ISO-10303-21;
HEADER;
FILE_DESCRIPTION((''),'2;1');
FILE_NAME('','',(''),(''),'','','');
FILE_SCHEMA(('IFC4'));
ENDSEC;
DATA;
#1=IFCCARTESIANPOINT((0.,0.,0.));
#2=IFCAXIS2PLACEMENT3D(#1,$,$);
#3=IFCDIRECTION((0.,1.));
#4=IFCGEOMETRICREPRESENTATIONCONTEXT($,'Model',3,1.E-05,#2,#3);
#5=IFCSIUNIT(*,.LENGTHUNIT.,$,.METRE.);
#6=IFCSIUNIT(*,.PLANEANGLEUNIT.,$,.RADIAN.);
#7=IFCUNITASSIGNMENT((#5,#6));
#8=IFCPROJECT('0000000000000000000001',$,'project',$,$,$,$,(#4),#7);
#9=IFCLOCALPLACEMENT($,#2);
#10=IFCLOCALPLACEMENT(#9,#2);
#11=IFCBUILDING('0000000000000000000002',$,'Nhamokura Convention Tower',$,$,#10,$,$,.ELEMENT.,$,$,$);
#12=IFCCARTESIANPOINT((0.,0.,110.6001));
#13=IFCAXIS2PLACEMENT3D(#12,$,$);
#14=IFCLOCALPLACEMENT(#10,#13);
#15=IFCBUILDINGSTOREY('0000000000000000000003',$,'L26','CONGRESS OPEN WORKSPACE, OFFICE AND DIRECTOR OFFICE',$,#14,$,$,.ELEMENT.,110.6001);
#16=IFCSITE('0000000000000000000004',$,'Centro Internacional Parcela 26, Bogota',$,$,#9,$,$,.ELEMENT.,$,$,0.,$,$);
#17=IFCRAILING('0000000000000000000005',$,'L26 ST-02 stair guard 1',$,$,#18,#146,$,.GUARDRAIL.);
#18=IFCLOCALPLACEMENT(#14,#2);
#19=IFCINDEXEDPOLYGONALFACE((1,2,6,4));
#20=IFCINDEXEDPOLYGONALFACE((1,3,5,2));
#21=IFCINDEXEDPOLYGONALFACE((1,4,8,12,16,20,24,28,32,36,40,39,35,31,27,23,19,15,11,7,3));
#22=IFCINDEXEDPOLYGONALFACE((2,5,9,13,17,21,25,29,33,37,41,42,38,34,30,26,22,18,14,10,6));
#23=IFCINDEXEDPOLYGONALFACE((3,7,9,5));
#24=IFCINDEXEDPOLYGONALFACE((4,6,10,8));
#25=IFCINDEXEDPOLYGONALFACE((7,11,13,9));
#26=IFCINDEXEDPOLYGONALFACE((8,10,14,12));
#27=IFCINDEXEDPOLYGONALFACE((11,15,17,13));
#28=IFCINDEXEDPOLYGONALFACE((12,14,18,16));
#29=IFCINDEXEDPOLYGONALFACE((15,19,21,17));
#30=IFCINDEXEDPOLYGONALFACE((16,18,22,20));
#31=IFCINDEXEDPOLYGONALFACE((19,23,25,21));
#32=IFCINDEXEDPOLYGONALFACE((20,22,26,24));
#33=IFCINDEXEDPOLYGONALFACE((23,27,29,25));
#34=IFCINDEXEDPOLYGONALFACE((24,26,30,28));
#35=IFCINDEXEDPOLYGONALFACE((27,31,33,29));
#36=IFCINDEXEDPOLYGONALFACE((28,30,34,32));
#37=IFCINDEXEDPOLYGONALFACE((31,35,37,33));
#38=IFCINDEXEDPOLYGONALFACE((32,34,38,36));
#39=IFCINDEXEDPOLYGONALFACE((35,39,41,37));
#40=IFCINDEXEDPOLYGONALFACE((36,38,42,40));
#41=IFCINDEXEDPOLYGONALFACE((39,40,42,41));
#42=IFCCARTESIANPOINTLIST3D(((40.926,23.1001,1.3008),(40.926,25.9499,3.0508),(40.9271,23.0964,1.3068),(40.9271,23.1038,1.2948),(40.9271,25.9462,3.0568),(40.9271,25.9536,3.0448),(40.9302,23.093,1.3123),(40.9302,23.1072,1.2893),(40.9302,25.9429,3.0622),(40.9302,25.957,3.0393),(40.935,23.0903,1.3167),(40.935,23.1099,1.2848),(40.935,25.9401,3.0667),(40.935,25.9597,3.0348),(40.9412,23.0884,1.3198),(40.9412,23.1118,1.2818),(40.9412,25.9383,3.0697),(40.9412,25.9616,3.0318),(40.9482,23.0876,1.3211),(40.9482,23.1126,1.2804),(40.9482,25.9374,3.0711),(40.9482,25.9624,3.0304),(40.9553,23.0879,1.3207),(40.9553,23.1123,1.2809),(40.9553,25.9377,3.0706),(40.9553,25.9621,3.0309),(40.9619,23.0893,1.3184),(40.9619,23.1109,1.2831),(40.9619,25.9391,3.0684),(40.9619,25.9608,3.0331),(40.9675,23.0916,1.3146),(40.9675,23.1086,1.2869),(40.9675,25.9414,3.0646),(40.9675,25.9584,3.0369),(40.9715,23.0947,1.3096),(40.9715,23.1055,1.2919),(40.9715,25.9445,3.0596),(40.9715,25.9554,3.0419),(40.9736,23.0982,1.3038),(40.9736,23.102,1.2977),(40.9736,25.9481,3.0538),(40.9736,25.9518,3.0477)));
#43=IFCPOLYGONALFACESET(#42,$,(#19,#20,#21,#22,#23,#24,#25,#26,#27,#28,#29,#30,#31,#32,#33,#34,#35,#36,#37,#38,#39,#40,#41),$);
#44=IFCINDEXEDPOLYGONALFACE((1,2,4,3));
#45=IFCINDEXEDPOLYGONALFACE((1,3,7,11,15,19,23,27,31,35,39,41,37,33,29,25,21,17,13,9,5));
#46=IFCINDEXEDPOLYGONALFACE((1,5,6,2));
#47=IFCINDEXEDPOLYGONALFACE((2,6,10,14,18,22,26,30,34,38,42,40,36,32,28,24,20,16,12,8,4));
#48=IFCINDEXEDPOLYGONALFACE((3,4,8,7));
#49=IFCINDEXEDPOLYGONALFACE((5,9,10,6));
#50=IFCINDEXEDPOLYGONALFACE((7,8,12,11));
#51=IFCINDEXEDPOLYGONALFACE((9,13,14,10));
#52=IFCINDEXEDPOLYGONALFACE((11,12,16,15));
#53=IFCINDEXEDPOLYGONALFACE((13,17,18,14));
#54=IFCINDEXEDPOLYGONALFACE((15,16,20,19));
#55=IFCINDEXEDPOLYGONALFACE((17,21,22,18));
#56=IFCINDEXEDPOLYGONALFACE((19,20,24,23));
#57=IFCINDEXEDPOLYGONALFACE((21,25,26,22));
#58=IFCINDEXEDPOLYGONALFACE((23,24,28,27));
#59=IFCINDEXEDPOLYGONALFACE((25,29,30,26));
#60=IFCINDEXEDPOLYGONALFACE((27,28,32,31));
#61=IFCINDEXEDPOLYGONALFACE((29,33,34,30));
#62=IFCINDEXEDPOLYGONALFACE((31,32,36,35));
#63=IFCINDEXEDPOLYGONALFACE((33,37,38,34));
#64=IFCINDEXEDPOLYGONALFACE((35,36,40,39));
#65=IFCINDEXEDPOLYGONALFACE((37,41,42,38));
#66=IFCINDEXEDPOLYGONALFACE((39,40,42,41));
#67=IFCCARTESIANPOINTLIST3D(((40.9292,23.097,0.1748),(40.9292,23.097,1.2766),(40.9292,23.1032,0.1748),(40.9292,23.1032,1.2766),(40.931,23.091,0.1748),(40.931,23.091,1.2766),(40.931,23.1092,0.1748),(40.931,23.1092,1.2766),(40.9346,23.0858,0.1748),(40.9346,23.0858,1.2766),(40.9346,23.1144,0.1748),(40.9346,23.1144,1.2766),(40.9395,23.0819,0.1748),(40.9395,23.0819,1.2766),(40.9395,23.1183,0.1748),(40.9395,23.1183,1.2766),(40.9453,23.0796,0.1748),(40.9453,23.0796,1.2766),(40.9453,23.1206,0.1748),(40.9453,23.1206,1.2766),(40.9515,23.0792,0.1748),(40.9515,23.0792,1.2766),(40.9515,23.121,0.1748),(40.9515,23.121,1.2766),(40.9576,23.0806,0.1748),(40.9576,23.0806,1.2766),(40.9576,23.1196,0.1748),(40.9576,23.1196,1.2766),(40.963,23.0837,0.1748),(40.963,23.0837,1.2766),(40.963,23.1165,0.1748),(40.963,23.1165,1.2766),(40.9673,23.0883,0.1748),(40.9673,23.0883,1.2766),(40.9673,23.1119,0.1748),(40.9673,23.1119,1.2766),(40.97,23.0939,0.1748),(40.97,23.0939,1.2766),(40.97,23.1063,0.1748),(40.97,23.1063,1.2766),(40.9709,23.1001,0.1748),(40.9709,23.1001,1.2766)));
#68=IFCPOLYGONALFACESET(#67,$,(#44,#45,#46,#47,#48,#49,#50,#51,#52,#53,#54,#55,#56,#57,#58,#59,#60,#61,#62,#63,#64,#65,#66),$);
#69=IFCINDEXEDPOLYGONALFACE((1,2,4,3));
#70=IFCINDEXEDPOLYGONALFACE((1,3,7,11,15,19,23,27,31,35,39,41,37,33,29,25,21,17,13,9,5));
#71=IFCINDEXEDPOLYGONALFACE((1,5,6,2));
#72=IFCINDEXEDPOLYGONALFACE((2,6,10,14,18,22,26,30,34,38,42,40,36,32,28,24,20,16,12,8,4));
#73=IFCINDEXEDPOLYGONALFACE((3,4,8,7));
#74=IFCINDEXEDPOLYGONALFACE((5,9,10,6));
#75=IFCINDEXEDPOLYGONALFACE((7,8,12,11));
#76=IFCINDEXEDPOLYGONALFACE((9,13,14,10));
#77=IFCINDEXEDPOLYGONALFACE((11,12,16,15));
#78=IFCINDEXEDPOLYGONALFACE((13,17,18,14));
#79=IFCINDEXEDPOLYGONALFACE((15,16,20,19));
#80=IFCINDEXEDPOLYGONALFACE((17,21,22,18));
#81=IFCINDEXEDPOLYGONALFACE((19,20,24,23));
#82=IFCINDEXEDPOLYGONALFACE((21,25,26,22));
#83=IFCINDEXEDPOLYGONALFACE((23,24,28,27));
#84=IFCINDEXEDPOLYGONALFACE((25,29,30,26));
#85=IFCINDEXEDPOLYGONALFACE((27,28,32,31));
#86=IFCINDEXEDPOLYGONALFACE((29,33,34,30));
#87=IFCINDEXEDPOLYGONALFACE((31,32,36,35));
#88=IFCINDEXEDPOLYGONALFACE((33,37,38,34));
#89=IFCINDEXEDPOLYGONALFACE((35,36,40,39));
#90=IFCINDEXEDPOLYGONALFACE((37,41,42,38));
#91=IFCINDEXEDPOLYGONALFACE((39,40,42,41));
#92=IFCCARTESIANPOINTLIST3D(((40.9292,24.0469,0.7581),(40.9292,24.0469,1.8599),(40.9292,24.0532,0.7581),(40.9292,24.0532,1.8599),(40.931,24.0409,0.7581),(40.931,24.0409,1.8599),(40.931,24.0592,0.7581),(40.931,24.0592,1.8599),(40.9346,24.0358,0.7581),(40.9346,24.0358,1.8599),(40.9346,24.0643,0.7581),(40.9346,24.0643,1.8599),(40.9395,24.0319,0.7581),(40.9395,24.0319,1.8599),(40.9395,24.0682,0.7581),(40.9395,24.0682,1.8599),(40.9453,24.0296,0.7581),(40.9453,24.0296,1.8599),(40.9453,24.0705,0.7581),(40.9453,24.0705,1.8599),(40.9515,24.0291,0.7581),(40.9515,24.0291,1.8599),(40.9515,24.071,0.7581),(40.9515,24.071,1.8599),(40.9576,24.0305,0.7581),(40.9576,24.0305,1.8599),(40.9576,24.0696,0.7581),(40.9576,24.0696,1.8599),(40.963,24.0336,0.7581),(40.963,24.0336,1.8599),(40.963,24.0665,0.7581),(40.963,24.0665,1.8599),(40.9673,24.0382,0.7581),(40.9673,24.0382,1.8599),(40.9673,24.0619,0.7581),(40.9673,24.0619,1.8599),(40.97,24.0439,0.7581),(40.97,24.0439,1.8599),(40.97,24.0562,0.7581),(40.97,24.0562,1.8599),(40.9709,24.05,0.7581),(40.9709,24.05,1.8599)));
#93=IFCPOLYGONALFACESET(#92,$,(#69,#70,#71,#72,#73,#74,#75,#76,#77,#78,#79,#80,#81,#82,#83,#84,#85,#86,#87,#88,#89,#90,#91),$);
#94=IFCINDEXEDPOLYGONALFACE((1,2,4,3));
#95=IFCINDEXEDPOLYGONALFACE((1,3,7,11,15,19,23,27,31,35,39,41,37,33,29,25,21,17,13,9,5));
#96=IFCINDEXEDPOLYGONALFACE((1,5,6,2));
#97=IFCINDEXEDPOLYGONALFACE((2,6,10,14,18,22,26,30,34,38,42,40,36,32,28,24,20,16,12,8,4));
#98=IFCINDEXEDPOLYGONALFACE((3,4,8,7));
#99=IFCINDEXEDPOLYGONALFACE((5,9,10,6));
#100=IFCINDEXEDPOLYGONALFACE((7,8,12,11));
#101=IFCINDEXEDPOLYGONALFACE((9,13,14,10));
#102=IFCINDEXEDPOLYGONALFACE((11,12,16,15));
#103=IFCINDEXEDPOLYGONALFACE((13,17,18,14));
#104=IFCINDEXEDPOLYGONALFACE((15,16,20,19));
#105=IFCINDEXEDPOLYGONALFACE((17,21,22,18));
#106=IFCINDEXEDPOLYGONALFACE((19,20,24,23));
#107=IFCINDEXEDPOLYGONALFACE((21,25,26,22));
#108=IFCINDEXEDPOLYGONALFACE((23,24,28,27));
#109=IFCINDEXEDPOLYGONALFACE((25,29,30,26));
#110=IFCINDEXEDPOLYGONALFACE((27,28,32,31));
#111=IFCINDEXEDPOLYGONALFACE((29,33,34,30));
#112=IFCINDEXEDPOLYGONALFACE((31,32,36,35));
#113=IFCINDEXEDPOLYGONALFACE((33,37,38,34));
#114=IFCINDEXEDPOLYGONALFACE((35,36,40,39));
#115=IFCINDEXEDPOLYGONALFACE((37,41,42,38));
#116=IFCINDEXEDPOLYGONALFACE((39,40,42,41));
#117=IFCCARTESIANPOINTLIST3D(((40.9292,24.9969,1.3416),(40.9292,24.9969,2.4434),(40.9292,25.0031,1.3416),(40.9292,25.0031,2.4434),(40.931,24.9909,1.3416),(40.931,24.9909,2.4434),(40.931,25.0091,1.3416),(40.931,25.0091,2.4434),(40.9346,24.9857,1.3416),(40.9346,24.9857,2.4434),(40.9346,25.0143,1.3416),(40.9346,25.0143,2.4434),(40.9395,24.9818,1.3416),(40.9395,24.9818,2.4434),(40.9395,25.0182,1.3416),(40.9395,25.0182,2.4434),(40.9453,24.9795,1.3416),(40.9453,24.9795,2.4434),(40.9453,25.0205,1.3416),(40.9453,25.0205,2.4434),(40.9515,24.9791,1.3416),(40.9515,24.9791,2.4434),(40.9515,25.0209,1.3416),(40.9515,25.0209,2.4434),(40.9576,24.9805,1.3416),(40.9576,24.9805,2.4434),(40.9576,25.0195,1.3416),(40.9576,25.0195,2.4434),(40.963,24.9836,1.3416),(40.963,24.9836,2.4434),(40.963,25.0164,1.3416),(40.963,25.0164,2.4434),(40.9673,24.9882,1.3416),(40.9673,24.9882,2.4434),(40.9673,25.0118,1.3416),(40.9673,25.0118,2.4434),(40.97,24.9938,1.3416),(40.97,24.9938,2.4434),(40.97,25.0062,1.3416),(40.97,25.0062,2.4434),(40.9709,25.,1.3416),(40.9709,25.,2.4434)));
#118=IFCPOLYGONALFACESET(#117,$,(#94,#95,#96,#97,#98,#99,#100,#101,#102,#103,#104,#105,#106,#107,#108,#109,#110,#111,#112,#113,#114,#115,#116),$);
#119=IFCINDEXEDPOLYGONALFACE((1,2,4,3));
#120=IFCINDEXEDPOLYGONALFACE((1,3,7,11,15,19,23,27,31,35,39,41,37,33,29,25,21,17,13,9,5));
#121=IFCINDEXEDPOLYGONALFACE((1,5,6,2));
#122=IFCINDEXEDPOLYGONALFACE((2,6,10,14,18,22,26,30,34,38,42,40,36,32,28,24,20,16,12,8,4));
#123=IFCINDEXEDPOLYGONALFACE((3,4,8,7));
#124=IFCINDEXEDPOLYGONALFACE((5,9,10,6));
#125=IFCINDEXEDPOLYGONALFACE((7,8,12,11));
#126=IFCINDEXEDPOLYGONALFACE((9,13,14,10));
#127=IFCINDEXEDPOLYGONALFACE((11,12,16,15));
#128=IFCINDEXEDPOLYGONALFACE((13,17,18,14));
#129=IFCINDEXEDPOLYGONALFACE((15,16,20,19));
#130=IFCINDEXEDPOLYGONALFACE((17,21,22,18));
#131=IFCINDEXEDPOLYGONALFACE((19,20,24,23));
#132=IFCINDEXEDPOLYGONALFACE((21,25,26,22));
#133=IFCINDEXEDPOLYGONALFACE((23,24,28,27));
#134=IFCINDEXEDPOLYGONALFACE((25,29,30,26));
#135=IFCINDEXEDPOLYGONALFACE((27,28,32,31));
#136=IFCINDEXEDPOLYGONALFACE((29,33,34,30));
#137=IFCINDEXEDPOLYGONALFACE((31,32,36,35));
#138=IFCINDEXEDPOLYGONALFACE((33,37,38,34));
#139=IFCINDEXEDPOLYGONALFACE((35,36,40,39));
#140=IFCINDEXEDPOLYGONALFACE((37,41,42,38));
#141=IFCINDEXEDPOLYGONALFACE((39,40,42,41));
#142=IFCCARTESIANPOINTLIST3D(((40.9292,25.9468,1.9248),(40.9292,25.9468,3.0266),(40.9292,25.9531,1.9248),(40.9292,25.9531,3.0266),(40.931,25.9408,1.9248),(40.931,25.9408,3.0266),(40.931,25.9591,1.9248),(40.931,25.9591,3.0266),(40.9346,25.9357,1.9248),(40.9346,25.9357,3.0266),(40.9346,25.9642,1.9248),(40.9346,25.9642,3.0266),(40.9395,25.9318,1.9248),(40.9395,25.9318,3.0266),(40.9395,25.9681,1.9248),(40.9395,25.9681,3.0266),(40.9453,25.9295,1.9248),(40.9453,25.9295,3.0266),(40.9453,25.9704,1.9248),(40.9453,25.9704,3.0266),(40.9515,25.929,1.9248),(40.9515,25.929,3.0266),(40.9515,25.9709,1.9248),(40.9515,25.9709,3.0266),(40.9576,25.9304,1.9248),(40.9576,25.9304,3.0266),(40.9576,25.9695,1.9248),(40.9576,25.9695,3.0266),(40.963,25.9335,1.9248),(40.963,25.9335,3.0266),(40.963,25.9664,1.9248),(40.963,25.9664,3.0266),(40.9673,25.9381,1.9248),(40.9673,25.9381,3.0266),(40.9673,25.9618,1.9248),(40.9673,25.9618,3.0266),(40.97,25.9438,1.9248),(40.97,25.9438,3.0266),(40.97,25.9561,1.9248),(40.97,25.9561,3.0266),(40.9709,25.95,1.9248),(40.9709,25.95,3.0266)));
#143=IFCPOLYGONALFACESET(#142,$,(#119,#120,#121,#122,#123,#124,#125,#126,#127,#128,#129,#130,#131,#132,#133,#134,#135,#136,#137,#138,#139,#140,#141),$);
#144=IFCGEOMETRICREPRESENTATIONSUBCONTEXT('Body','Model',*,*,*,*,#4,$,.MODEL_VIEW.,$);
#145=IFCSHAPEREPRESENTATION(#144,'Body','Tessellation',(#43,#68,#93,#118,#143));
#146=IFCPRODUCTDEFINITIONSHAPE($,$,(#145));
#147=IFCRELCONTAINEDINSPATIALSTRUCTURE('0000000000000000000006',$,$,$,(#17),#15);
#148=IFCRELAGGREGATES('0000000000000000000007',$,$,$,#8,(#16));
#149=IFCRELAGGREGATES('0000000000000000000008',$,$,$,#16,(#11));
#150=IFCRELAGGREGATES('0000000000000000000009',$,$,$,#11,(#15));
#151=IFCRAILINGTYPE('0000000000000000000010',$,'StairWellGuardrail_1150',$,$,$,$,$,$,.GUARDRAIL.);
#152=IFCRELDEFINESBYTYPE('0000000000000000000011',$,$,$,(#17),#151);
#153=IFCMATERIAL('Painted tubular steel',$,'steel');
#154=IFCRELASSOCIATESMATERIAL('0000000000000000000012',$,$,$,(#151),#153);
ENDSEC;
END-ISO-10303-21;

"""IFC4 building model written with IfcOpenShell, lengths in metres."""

from ifc_helpers import new_model, si_unit, direction, frame, origin, origin_2d, place, context, subcontext, project, spatial, circle, extrude, material, type_object, element, save


model = new_model("IFC4")

# Units and contexts
model_context = context("Model", 3, precision=1e-05, world=origin(), true_north=direction((0.0, 1.0)))
body_context = subcontext(model_context, "Body", "Model", "MODEL_VIEW")
ifc_project = project(units=[si_unit("LENGTHUNIT", "METRE"), si_unit("PLANEANGLEUNIT", "RADIAN")], contexts=[model_context])

# Site, building, storey
site_placement = place(None, origin())
site = spatial("IfcSite", under=ifc_project, at=site_placement, Name="Centro Internacional Parcela 26, Bogota", CompositionType="ELEMENT", RefElevation=0.0)
building_placement = place(site_placement, origin())
building = spatial("IfcBuilding", under=site, at=building_placement, Name="Nhamokura Convention Tower", CompositionType="ELEMENT")
storey_placement = place(building_placement, frame((0.0, 0.0, 110.6001)))
storey = spatial("IfcBuildingStorey", under=building, at=storey_placement, Name="L26", Description="CONGRESS OPEN WORKSPACE, OFFICE AND DIRECTOR OFFICE", CompositionType="ELEMENT", Elevation=110.6001)

# Railing
ifc_material_1 = material(Name="Painted tubular steel", Category="steel")
railing_type_1 = type_object("IfcRailingType", Name="StairWellGuardrail_1150", PredefinedType="GUARDRAIL", material=ifc_material_1)
railing_1_placement = place(storey_placement, frame((40.95, 23.1001, 0.1748)))
element("IfcRailing", 1, at=railing_1_placement, inside=storey, type_object=railing_type_1, Name="L26 ST-02 stair guard 1", PredefinedType="GUARDRAIL", context=body_context, shape_type="SweptSolid", body=[
    extrude(circle(Radius=0.0239, at=origin_2d()), frame((0.0, 0.0, 1.126), z_axis=(0.0, 0.852159, 0.523283), x_axis=(-1.0, 0.0, 0.0)), (0.0, 0.0, 1.0), 3.3442),
    extrude(circle(Radius=0.021, at=origin_2d()), origin(), (0.0, 0.0, 1.0), 1.1018),
    extrude(circle(Radius=0.021, at=origin_2d()), frame((0.0, 0.95, 0.5833)), (0.0, 0.0, 1.0), 1.1018),
    extrude(circle(Radius=0.021, at=origin_2d()), frame((0.0, 1.8999, 1.1667)), (0.0, 0.0, 1.0), 1.1018),
    extrude(circle(Radius=0.021, at=origin_2d()), frame((0.0, 2.8499, 1.75)), (0.0, 0.0, 1.0), 1.1018),
])

save(model, "model.ifc")
